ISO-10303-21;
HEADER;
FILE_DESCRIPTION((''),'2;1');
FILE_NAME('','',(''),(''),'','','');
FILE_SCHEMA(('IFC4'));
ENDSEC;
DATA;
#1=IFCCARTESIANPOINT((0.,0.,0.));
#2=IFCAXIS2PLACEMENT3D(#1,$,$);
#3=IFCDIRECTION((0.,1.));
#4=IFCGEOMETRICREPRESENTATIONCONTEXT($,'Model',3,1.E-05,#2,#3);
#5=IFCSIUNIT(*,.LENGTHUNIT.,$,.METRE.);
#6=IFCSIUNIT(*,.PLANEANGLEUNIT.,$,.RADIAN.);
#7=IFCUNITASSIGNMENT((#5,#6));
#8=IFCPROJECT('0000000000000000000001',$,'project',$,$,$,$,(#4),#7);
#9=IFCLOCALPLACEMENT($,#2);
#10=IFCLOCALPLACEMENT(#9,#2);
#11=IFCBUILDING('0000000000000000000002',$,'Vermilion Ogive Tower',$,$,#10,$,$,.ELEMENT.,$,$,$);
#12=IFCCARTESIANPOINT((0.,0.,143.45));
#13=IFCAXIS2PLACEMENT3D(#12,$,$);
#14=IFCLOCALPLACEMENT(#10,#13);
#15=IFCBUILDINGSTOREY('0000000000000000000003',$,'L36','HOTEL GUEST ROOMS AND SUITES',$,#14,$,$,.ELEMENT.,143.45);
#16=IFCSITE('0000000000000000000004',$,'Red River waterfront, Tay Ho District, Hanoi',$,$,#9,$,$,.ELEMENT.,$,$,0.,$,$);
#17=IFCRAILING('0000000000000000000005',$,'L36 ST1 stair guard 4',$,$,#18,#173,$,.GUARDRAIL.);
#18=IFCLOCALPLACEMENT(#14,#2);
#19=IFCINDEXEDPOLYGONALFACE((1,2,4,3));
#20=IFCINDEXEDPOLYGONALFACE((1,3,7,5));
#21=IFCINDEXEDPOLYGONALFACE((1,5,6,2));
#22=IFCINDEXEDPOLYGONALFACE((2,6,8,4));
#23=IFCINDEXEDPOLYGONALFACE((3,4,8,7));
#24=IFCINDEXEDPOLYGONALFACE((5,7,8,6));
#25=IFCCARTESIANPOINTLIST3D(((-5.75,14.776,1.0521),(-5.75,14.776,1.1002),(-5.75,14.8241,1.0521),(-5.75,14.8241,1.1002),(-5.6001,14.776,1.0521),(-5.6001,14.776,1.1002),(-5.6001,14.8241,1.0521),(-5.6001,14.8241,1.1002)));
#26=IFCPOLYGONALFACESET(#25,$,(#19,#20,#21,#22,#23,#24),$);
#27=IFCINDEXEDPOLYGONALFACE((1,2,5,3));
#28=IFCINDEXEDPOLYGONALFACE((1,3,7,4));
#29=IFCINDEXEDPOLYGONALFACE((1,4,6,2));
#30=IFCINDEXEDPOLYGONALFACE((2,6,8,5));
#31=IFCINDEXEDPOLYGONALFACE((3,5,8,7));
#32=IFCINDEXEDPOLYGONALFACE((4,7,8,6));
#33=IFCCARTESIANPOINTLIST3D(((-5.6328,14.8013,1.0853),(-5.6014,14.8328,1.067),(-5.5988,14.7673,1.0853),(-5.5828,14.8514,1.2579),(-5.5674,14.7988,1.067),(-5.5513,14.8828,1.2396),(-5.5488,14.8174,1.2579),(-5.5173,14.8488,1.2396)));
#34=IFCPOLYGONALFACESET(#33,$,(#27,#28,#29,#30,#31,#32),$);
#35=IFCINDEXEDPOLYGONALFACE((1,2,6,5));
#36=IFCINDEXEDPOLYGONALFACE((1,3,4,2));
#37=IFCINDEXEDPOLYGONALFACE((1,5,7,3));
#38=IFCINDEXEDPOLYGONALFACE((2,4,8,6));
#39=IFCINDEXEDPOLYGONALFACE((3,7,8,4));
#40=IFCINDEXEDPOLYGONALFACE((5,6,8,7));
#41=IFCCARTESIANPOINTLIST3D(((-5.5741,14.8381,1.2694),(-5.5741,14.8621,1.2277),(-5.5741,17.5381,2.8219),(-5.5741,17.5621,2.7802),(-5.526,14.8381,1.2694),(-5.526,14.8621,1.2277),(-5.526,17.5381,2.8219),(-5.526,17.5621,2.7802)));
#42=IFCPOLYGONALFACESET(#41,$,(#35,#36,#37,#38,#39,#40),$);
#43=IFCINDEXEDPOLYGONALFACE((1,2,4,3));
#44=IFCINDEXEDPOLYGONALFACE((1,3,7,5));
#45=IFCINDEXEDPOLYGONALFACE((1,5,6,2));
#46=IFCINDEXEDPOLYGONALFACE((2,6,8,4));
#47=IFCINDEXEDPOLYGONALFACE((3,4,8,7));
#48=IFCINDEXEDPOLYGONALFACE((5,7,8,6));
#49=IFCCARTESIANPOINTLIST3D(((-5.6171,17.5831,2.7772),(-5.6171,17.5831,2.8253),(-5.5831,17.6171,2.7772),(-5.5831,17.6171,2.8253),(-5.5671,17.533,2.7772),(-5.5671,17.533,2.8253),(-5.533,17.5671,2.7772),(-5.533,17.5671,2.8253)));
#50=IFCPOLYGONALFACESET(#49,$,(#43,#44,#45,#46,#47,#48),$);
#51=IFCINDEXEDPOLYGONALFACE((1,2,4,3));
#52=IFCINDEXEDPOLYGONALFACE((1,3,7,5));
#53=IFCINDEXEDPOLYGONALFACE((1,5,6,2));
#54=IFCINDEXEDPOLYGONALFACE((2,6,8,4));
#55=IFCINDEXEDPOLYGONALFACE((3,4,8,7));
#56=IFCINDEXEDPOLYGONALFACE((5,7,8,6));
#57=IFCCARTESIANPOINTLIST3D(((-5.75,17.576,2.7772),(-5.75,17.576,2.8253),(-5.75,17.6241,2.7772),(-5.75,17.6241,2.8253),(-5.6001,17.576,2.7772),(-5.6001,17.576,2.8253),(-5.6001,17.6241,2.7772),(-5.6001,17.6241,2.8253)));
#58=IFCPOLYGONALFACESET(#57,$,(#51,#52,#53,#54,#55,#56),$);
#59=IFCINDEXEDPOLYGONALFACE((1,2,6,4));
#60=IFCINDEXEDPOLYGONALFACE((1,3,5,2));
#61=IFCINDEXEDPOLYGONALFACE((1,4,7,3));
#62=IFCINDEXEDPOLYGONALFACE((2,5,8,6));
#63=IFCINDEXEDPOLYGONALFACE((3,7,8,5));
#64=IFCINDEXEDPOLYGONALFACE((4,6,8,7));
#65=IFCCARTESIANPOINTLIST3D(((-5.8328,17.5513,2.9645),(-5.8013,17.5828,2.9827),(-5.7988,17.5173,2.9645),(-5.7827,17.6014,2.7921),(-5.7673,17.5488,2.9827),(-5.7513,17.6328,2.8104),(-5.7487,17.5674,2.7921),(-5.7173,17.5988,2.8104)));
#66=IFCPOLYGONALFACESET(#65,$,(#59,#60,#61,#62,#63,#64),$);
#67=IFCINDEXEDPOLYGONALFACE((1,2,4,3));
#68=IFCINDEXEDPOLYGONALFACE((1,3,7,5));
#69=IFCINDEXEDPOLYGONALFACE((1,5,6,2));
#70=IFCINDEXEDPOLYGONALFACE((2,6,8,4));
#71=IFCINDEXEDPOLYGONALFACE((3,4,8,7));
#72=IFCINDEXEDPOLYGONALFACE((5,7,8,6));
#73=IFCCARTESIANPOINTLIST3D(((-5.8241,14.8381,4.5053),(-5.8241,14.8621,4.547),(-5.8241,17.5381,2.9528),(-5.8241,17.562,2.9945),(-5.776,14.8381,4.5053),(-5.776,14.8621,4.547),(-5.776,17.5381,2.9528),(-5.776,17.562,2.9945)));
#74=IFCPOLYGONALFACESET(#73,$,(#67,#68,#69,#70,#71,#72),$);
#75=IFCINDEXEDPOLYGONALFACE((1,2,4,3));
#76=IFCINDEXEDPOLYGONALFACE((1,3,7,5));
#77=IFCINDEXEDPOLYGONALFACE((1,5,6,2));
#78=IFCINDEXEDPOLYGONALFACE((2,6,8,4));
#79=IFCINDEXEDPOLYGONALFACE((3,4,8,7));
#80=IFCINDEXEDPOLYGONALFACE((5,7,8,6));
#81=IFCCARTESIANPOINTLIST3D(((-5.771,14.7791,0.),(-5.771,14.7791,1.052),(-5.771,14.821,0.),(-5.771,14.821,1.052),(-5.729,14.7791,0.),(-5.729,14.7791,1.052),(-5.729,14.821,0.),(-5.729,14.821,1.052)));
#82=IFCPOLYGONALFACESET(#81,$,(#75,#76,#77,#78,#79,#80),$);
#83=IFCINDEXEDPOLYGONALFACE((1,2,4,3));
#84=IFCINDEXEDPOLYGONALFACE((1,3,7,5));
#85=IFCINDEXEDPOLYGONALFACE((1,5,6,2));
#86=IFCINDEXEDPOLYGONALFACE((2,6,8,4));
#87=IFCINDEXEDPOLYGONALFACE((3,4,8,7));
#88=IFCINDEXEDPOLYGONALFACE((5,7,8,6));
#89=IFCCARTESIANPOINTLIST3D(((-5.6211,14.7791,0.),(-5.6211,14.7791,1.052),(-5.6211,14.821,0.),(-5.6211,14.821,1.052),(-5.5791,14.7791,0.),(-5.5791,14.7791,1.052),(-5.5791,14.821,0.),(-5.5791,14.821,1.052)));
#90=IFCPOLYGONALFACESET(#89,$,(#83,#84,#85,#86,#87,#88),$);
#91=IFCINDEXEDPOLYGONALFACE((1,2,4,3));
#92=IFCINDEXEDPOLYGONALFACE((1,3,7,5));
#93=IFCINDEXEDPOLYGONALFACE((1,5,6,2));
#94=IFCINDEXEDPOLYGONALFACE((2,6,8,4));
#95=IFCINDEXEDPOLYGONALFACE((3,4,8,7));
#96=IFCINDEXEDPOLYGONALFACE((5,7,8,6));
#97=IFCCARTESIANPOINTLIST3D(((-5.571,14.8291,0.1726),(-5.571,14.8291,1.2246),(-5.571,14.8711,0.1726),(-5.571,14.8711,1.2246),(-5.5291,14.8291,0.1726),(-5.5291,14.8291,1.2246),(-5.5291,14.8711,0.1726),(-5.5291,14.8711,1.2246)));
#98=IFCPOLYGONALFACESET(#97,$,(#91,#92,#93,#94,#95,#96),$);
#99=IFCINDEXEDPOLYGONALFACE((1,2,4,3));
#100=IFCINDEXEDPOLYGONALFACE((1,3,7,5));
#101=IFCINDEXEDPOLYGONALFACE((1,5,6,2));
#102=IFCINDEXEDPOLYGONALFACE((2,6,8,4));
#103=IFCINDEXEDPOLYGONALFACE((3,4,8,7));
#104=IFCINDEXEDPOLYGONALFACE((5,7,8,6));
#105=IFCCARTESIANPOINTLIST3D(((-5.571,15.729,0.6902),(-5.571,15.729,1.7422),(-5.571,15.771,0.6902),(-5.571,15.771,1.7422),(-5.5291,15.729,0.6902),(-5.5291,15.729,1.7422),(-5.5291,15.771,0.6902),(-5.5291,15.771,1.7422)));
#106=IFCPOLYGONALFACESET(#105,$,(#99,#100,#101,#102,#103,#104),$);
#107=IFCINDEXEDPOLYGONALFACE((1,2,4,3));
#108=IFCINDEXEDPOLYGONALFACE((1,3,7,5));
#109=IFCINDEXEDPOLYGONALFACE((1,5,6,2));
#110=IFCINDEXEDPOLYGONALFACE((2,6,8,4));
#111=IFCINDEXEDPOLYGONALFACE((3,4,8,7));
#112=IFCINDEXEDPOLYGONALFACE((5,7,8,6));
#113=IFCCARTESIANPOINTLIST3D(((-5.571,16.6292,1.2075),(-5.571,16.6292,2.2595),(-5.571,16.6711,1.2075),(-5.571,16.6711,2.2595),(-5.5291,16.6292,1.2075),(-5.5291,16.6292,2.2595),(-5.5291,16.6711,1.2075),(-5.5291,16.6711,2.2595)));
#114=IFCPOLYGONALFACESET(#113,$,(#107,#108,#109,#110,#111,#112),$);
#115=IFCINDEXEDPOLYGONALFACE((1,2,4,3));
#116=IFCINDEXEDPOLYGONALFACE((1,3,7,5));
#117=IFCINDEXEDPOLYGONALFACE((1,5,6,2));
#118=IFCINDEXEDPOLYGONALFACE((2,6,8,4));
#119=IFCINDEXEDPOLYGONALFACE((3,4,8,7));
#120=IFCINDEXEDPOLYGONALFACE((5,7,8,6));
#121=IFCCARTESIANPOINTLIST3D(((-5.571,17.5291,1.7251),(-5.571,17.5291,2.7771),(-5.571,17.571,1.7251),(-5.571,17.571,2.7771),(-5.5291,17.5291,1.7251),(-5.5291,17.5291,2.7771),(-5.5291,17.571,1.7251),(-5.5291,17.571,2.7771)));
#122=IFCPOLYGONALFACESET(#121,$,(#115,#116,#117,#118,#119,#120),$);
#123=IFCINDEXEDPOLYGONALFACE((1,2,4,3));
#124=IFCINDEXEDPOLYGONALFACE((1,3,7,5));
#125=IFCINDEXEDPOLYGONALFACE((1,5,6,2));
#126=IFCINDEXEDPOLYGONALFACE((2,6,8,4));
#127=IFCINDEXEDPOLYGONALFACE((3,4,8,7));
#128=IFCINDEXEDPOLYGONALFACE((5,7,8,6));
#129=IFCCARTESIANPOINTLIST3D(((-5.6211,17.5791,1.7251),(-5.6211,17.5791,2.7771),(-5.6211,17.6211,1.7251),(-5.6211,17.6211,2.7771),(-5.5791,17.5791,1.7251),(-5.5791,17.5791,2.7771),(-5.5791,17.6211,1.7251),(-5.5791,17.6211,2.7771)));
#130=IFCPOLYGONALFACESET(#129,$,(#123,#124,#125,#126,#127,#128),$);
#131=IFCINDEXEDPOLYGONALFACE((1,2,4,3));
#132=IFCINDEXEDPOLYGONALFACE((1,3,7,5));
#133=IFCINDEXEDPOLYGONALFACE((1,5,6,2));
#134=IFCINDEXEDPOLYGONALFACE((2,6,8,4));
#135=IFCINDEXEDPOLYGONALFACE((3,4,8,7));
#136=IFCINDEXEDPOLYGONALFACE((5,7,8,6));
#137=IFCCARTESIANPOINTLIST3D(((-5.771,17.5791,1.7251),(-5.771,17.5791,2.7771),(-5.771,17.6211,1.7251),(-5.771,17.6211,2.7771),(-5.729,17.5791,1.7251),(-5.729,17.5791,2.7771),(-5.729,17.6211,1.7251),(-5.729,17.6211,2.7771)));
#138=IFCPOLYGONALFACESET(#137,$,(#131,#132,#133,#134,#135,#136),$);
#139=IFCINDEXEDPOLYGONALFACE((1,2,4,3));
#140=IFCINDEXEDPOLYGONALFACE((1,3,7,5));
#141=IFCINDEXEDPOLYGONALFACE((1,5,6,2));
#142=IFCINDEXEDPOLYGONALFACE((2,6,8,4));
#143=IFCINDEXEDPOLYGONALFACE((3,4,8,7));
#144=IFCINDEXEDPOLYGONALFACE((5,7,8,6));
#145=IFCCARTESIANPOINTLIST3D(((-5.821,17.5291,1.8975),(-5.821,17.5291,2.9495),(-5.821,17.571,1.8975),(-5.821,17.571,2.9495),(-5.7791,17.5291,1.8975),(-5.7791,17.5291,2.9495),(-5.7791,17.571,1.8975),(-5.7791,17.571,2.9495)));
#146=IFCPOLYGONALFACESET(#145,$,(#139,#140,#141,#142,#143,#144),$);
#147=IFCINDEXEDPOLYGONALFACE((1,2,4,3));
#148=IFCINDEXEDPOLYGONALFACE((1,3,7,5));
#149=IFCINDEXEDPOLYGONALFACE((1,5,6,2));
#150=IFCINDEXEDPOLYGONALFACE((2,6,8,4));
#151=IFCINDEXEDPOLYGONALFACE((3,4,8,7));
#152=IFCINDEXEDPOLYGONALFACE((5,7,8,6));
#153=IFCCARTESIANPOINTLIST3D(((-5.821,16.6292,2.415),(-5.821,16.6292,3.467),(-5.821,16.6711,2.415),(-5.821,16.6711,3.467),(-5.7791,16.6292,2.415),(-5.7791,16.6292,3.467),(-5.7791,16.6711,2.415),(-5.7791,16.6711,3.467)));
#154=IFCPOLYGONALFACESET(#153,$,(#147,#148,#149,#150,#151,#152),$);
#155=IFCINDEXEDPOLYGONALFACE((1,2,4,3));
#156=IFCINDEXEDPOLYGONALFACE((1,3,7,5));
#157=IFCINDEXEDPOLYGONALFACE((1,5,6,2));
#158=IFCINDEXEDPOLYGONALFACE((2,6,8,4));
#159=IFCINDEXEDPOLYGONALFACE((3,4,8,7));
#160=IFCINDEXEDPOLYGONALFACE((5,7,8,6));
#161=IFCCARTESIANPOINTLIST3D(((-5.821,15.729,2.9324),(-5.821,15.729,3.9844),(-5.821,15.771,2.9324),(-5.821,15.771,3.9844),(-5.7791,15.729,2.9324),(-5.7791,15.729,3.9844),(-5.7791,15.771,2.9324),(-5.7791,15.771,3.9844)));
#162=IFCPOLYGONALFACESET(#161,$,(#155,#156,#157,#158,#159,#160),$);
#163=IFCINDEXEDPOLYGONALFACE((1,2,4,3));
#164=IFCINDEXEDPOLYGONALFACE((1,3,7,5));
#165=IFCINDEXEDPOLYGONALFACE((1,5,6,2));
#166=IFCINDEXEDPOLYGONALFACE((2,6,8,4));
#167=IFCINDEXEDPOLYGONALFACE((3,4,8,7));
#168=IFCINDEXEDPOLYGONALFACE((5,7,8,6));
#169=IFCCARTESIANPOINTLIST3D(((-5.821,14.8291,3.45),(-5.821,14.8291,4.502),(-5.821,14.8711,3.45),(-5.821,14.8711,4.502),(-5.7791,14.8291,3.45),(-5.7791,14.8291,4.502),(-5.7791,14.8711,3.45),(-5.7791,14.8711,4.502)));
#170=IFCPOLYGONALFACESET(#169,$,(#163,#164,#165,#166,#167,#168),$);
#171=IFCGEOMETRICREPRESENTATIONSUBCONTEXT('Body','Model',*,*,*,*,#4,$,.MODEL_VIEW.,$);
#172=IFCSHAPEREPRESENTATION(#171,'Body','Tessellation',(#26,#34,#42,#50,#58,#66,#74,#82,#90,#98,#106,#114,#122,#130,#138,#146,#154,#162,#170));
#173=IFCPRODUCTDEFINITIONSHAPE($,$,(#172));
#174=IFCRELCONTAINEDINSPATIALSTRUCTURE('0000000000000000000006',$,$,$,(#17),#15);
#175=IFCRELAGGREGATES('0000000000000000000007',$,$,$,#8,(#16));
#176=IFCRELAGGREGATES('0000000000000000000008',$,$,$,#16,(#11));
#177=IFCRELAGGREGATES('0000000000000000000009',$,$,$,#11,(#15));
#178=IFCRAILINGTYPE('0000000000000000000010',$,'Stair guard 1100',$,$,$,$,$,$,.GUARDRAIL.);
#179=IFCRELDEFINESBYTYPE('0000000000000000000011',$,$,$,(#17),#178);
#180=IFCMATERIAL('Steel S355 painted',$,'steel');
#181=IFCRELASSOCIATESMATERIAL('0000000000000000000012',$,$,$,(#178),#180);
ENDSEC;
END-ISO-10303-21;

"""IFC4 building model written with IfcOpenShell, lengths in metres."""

from ifc_helpers import new_model, si_unit, direction, frame, origin, origin_2d, place, context, subcontext, project, spatial, rectangle, extrude, material, type_object, element, save


model = new_model("IFC4")

# Units and contexts
model_context = context("Model", 3, precision=1e-05, world=origin(), true_north=direction((0.0, 1.0)))
body_context = subcontext(model_context, "Body", "Model", "MODEL_VIEW")
ifc_project = project(units=[si_unit("LENGTHUNIT", "METRE"), si_unit("PLANEANGLEUNIT", "RADIAN")], contexts=[model_context])

# Site, building, storey
site_placement = place(None, origin())
site = spatial("IfcSite", under=ifc_project, at=site_placement, Name="Red River waterfront, Tay Ho District, Hanoi", CompositionType="ELEMENT", RefElevation=0.0)
building_placement = place(site_placement, origin())
building = spatial("IfcBuilding", under=site, at=building_placement, Name="Vermilion Ogive Tower", CompositionType="ELEMENT")
storey_placement = place(building_placement, frame((0.0, 0.0, 143.45)))
storey = spatial("IfcBuildingStorey", under=building, at=storey_placement, Name="L36", Description="HOTEL GUEST ROOMS AND SUITES", CompositionType="ELEMENT", Elevation=143.45)

# Railing
ifc_material_1 = material(Name="Steel S355 painted", Category="steel")
railing_type = type_object("IfcRailingType", Name="Stair guard 1100", PredefinedType="GUARDRAIL", material=ifc_material_1)
railing_placement = place(storey_placement, frame((-5.75, 14.8, 0.0)))
element("IfcRailing", 1, at=railing_placement, inside=storey, type_object=railing_type, Name="L36 ST1 stair guard 4", PredefinedType="GUARDRAIL", context=body_context, shape_type="SweptSolid", body=[
    extrude(rectangle(XDim=0.0481, YDim=0.0481, at=origin_2d()), frame((0.0, 0.0, 1.0762), z_axis=(1.0, 0.0, 0.0), x_axis=(0.0, 1.0, 0.0)), (0.0, 0.0, 1.0), 0.1499),
    extrude(rectangle(XDim=0.0481, YDim=0.0481, at=origin_2d()), frame((0.1499, 0.0, 1.0762), z_axis=(0.268278, 0.268278, 0.925232), x_axis=(-0.707107, 0.707107, 0.0)), (0.0, 0.0, 1.0), 0.1865),
    extrude(rectangle(XDim=0.0481, YDim=0.0481, at=origin_2d()), frame((0.2, 0.05, 1.2485), z_axis=(0.0, 0.866904, 0.498476), x_axis=(-1.0, 0.0, 0.0)), (0.0, 0.0, 1.0), 3.1145),
    extrude(rectangle(XDim=0.0481, YDim=0.0481, at=origin_2d()), frame((0.2, 2.75, 2.8013), z_axis=(-0.707107, 0.707107, 0.0), x_axis=(-0.707107, -0.707107, 0.0)), (0.0, 0.0, 1.0), 0.0708),
    extrude(rectangle(XDim=0.0481, YDim=0.0481, at=origin_2d()), frame((0.1499, 2.8, 2.8013), z_axis=(-1.0, 0.0, 0.0), x_axis=(0.0, -1.0, 0.0)), (0.0, 0.0, 1.0), 0.1499),
    extrude(rectangle(XDim=0.0481, YDim=0.0481, at=origin_2d()), frame((0.0, 2.8, 2.8013), z_axis=(-0.268603, -0.268603, 0.925043), x_axis=(0.707107, -0.707107, 0.0)), (0.0, 0.0, 1.0), 0.1863),
    extrude(rectangle(XDim=0.0481, YDim=0.0481, at=origin_2d()), frame((-0.05, 2.75, 2.9736), z_axis=(0.0, -0.866904, 0.498476), x_axis=(1.0, 0.0, 0.0)), (0.0, 0.0, 1.0), 3.1145),
    extrude(rectangle(XDim=0.042, YDim=0.042, at=origin_2d()), origin(), (0.0, 0.0, 1.0), 1.052),
    extrude(rectangle(XDim=0.042, YDim=0.042, at=origin_2d()), frame((0.1499, 0.0, 0.0)), (0.0, 0.0, 1.0), 1.052),
    extrude(rectangle(XDim=0.042, YDim=0.042, at=origin_2d()), frame((0.2, 0.05, 0.1726)), (0.0, 0.0, 1.0), 1.052),
    extrude(rectangle(XDim=0.042, YDim=0.042, at=origin_2d()), frame((0.2, 0.95, 0.6902)), (0.0, 0.0, 1.0), 1.052),
    extrude(rectangle(XDim=0.042, YDim=0.042, at=origin_2d()), frame((0.2, 1.8501, 1.2075)), (0.0, 0.0, 1.0), 1.052),
    extrude(rectangle(XDim=0.042, YDim=0.042, at=origin_2d()), frame((0.2, 2.75, 1.7251)), (0.0, 0.0, 1.0), 1.052),
    extrude(rectangle(XDim=0.042, YDim=0.042, at=origin_2d()), frame((0.1499, 2.8, 1.7251)), (0.0, 0.0, 1.0), 1.052),
    extrude(rectangle(XDim=0.042, YDim=0.042, at=origin_2d()), frame((0.0, 2.8, 1.7251)), (0.0, 0.0, 1.0), 1.052),
    extrude(rectangle(XDim=0.042, YDim=0.042, at=origin_2d()), frame((-0.05, 2.75, 1.8975)), (0.0, 0.0, 1.0), 1.052),
    extrude(rectangle(XDim=0.042, YDim=0.042, at=origin_2d()), frame((-0.05, 1.8501, 2.415)), (0.0, 0.0, 1.0), 1.052),
    extrude(rectangle(XDim=0.042, YDim=0.042, at=origin_2d()), frame((-0.05, 0.95, 2.9324)), (0.0, 0.0, 1.0), 1.052),
    extrude(rectangle(XDim=0.042, YDim=0.042, at=origin_2d()), frame((-0.05, 0.05, 3.45)), (0.0, 0.0, 1.0), 1.052),
])

save(model, "model.ifc")
